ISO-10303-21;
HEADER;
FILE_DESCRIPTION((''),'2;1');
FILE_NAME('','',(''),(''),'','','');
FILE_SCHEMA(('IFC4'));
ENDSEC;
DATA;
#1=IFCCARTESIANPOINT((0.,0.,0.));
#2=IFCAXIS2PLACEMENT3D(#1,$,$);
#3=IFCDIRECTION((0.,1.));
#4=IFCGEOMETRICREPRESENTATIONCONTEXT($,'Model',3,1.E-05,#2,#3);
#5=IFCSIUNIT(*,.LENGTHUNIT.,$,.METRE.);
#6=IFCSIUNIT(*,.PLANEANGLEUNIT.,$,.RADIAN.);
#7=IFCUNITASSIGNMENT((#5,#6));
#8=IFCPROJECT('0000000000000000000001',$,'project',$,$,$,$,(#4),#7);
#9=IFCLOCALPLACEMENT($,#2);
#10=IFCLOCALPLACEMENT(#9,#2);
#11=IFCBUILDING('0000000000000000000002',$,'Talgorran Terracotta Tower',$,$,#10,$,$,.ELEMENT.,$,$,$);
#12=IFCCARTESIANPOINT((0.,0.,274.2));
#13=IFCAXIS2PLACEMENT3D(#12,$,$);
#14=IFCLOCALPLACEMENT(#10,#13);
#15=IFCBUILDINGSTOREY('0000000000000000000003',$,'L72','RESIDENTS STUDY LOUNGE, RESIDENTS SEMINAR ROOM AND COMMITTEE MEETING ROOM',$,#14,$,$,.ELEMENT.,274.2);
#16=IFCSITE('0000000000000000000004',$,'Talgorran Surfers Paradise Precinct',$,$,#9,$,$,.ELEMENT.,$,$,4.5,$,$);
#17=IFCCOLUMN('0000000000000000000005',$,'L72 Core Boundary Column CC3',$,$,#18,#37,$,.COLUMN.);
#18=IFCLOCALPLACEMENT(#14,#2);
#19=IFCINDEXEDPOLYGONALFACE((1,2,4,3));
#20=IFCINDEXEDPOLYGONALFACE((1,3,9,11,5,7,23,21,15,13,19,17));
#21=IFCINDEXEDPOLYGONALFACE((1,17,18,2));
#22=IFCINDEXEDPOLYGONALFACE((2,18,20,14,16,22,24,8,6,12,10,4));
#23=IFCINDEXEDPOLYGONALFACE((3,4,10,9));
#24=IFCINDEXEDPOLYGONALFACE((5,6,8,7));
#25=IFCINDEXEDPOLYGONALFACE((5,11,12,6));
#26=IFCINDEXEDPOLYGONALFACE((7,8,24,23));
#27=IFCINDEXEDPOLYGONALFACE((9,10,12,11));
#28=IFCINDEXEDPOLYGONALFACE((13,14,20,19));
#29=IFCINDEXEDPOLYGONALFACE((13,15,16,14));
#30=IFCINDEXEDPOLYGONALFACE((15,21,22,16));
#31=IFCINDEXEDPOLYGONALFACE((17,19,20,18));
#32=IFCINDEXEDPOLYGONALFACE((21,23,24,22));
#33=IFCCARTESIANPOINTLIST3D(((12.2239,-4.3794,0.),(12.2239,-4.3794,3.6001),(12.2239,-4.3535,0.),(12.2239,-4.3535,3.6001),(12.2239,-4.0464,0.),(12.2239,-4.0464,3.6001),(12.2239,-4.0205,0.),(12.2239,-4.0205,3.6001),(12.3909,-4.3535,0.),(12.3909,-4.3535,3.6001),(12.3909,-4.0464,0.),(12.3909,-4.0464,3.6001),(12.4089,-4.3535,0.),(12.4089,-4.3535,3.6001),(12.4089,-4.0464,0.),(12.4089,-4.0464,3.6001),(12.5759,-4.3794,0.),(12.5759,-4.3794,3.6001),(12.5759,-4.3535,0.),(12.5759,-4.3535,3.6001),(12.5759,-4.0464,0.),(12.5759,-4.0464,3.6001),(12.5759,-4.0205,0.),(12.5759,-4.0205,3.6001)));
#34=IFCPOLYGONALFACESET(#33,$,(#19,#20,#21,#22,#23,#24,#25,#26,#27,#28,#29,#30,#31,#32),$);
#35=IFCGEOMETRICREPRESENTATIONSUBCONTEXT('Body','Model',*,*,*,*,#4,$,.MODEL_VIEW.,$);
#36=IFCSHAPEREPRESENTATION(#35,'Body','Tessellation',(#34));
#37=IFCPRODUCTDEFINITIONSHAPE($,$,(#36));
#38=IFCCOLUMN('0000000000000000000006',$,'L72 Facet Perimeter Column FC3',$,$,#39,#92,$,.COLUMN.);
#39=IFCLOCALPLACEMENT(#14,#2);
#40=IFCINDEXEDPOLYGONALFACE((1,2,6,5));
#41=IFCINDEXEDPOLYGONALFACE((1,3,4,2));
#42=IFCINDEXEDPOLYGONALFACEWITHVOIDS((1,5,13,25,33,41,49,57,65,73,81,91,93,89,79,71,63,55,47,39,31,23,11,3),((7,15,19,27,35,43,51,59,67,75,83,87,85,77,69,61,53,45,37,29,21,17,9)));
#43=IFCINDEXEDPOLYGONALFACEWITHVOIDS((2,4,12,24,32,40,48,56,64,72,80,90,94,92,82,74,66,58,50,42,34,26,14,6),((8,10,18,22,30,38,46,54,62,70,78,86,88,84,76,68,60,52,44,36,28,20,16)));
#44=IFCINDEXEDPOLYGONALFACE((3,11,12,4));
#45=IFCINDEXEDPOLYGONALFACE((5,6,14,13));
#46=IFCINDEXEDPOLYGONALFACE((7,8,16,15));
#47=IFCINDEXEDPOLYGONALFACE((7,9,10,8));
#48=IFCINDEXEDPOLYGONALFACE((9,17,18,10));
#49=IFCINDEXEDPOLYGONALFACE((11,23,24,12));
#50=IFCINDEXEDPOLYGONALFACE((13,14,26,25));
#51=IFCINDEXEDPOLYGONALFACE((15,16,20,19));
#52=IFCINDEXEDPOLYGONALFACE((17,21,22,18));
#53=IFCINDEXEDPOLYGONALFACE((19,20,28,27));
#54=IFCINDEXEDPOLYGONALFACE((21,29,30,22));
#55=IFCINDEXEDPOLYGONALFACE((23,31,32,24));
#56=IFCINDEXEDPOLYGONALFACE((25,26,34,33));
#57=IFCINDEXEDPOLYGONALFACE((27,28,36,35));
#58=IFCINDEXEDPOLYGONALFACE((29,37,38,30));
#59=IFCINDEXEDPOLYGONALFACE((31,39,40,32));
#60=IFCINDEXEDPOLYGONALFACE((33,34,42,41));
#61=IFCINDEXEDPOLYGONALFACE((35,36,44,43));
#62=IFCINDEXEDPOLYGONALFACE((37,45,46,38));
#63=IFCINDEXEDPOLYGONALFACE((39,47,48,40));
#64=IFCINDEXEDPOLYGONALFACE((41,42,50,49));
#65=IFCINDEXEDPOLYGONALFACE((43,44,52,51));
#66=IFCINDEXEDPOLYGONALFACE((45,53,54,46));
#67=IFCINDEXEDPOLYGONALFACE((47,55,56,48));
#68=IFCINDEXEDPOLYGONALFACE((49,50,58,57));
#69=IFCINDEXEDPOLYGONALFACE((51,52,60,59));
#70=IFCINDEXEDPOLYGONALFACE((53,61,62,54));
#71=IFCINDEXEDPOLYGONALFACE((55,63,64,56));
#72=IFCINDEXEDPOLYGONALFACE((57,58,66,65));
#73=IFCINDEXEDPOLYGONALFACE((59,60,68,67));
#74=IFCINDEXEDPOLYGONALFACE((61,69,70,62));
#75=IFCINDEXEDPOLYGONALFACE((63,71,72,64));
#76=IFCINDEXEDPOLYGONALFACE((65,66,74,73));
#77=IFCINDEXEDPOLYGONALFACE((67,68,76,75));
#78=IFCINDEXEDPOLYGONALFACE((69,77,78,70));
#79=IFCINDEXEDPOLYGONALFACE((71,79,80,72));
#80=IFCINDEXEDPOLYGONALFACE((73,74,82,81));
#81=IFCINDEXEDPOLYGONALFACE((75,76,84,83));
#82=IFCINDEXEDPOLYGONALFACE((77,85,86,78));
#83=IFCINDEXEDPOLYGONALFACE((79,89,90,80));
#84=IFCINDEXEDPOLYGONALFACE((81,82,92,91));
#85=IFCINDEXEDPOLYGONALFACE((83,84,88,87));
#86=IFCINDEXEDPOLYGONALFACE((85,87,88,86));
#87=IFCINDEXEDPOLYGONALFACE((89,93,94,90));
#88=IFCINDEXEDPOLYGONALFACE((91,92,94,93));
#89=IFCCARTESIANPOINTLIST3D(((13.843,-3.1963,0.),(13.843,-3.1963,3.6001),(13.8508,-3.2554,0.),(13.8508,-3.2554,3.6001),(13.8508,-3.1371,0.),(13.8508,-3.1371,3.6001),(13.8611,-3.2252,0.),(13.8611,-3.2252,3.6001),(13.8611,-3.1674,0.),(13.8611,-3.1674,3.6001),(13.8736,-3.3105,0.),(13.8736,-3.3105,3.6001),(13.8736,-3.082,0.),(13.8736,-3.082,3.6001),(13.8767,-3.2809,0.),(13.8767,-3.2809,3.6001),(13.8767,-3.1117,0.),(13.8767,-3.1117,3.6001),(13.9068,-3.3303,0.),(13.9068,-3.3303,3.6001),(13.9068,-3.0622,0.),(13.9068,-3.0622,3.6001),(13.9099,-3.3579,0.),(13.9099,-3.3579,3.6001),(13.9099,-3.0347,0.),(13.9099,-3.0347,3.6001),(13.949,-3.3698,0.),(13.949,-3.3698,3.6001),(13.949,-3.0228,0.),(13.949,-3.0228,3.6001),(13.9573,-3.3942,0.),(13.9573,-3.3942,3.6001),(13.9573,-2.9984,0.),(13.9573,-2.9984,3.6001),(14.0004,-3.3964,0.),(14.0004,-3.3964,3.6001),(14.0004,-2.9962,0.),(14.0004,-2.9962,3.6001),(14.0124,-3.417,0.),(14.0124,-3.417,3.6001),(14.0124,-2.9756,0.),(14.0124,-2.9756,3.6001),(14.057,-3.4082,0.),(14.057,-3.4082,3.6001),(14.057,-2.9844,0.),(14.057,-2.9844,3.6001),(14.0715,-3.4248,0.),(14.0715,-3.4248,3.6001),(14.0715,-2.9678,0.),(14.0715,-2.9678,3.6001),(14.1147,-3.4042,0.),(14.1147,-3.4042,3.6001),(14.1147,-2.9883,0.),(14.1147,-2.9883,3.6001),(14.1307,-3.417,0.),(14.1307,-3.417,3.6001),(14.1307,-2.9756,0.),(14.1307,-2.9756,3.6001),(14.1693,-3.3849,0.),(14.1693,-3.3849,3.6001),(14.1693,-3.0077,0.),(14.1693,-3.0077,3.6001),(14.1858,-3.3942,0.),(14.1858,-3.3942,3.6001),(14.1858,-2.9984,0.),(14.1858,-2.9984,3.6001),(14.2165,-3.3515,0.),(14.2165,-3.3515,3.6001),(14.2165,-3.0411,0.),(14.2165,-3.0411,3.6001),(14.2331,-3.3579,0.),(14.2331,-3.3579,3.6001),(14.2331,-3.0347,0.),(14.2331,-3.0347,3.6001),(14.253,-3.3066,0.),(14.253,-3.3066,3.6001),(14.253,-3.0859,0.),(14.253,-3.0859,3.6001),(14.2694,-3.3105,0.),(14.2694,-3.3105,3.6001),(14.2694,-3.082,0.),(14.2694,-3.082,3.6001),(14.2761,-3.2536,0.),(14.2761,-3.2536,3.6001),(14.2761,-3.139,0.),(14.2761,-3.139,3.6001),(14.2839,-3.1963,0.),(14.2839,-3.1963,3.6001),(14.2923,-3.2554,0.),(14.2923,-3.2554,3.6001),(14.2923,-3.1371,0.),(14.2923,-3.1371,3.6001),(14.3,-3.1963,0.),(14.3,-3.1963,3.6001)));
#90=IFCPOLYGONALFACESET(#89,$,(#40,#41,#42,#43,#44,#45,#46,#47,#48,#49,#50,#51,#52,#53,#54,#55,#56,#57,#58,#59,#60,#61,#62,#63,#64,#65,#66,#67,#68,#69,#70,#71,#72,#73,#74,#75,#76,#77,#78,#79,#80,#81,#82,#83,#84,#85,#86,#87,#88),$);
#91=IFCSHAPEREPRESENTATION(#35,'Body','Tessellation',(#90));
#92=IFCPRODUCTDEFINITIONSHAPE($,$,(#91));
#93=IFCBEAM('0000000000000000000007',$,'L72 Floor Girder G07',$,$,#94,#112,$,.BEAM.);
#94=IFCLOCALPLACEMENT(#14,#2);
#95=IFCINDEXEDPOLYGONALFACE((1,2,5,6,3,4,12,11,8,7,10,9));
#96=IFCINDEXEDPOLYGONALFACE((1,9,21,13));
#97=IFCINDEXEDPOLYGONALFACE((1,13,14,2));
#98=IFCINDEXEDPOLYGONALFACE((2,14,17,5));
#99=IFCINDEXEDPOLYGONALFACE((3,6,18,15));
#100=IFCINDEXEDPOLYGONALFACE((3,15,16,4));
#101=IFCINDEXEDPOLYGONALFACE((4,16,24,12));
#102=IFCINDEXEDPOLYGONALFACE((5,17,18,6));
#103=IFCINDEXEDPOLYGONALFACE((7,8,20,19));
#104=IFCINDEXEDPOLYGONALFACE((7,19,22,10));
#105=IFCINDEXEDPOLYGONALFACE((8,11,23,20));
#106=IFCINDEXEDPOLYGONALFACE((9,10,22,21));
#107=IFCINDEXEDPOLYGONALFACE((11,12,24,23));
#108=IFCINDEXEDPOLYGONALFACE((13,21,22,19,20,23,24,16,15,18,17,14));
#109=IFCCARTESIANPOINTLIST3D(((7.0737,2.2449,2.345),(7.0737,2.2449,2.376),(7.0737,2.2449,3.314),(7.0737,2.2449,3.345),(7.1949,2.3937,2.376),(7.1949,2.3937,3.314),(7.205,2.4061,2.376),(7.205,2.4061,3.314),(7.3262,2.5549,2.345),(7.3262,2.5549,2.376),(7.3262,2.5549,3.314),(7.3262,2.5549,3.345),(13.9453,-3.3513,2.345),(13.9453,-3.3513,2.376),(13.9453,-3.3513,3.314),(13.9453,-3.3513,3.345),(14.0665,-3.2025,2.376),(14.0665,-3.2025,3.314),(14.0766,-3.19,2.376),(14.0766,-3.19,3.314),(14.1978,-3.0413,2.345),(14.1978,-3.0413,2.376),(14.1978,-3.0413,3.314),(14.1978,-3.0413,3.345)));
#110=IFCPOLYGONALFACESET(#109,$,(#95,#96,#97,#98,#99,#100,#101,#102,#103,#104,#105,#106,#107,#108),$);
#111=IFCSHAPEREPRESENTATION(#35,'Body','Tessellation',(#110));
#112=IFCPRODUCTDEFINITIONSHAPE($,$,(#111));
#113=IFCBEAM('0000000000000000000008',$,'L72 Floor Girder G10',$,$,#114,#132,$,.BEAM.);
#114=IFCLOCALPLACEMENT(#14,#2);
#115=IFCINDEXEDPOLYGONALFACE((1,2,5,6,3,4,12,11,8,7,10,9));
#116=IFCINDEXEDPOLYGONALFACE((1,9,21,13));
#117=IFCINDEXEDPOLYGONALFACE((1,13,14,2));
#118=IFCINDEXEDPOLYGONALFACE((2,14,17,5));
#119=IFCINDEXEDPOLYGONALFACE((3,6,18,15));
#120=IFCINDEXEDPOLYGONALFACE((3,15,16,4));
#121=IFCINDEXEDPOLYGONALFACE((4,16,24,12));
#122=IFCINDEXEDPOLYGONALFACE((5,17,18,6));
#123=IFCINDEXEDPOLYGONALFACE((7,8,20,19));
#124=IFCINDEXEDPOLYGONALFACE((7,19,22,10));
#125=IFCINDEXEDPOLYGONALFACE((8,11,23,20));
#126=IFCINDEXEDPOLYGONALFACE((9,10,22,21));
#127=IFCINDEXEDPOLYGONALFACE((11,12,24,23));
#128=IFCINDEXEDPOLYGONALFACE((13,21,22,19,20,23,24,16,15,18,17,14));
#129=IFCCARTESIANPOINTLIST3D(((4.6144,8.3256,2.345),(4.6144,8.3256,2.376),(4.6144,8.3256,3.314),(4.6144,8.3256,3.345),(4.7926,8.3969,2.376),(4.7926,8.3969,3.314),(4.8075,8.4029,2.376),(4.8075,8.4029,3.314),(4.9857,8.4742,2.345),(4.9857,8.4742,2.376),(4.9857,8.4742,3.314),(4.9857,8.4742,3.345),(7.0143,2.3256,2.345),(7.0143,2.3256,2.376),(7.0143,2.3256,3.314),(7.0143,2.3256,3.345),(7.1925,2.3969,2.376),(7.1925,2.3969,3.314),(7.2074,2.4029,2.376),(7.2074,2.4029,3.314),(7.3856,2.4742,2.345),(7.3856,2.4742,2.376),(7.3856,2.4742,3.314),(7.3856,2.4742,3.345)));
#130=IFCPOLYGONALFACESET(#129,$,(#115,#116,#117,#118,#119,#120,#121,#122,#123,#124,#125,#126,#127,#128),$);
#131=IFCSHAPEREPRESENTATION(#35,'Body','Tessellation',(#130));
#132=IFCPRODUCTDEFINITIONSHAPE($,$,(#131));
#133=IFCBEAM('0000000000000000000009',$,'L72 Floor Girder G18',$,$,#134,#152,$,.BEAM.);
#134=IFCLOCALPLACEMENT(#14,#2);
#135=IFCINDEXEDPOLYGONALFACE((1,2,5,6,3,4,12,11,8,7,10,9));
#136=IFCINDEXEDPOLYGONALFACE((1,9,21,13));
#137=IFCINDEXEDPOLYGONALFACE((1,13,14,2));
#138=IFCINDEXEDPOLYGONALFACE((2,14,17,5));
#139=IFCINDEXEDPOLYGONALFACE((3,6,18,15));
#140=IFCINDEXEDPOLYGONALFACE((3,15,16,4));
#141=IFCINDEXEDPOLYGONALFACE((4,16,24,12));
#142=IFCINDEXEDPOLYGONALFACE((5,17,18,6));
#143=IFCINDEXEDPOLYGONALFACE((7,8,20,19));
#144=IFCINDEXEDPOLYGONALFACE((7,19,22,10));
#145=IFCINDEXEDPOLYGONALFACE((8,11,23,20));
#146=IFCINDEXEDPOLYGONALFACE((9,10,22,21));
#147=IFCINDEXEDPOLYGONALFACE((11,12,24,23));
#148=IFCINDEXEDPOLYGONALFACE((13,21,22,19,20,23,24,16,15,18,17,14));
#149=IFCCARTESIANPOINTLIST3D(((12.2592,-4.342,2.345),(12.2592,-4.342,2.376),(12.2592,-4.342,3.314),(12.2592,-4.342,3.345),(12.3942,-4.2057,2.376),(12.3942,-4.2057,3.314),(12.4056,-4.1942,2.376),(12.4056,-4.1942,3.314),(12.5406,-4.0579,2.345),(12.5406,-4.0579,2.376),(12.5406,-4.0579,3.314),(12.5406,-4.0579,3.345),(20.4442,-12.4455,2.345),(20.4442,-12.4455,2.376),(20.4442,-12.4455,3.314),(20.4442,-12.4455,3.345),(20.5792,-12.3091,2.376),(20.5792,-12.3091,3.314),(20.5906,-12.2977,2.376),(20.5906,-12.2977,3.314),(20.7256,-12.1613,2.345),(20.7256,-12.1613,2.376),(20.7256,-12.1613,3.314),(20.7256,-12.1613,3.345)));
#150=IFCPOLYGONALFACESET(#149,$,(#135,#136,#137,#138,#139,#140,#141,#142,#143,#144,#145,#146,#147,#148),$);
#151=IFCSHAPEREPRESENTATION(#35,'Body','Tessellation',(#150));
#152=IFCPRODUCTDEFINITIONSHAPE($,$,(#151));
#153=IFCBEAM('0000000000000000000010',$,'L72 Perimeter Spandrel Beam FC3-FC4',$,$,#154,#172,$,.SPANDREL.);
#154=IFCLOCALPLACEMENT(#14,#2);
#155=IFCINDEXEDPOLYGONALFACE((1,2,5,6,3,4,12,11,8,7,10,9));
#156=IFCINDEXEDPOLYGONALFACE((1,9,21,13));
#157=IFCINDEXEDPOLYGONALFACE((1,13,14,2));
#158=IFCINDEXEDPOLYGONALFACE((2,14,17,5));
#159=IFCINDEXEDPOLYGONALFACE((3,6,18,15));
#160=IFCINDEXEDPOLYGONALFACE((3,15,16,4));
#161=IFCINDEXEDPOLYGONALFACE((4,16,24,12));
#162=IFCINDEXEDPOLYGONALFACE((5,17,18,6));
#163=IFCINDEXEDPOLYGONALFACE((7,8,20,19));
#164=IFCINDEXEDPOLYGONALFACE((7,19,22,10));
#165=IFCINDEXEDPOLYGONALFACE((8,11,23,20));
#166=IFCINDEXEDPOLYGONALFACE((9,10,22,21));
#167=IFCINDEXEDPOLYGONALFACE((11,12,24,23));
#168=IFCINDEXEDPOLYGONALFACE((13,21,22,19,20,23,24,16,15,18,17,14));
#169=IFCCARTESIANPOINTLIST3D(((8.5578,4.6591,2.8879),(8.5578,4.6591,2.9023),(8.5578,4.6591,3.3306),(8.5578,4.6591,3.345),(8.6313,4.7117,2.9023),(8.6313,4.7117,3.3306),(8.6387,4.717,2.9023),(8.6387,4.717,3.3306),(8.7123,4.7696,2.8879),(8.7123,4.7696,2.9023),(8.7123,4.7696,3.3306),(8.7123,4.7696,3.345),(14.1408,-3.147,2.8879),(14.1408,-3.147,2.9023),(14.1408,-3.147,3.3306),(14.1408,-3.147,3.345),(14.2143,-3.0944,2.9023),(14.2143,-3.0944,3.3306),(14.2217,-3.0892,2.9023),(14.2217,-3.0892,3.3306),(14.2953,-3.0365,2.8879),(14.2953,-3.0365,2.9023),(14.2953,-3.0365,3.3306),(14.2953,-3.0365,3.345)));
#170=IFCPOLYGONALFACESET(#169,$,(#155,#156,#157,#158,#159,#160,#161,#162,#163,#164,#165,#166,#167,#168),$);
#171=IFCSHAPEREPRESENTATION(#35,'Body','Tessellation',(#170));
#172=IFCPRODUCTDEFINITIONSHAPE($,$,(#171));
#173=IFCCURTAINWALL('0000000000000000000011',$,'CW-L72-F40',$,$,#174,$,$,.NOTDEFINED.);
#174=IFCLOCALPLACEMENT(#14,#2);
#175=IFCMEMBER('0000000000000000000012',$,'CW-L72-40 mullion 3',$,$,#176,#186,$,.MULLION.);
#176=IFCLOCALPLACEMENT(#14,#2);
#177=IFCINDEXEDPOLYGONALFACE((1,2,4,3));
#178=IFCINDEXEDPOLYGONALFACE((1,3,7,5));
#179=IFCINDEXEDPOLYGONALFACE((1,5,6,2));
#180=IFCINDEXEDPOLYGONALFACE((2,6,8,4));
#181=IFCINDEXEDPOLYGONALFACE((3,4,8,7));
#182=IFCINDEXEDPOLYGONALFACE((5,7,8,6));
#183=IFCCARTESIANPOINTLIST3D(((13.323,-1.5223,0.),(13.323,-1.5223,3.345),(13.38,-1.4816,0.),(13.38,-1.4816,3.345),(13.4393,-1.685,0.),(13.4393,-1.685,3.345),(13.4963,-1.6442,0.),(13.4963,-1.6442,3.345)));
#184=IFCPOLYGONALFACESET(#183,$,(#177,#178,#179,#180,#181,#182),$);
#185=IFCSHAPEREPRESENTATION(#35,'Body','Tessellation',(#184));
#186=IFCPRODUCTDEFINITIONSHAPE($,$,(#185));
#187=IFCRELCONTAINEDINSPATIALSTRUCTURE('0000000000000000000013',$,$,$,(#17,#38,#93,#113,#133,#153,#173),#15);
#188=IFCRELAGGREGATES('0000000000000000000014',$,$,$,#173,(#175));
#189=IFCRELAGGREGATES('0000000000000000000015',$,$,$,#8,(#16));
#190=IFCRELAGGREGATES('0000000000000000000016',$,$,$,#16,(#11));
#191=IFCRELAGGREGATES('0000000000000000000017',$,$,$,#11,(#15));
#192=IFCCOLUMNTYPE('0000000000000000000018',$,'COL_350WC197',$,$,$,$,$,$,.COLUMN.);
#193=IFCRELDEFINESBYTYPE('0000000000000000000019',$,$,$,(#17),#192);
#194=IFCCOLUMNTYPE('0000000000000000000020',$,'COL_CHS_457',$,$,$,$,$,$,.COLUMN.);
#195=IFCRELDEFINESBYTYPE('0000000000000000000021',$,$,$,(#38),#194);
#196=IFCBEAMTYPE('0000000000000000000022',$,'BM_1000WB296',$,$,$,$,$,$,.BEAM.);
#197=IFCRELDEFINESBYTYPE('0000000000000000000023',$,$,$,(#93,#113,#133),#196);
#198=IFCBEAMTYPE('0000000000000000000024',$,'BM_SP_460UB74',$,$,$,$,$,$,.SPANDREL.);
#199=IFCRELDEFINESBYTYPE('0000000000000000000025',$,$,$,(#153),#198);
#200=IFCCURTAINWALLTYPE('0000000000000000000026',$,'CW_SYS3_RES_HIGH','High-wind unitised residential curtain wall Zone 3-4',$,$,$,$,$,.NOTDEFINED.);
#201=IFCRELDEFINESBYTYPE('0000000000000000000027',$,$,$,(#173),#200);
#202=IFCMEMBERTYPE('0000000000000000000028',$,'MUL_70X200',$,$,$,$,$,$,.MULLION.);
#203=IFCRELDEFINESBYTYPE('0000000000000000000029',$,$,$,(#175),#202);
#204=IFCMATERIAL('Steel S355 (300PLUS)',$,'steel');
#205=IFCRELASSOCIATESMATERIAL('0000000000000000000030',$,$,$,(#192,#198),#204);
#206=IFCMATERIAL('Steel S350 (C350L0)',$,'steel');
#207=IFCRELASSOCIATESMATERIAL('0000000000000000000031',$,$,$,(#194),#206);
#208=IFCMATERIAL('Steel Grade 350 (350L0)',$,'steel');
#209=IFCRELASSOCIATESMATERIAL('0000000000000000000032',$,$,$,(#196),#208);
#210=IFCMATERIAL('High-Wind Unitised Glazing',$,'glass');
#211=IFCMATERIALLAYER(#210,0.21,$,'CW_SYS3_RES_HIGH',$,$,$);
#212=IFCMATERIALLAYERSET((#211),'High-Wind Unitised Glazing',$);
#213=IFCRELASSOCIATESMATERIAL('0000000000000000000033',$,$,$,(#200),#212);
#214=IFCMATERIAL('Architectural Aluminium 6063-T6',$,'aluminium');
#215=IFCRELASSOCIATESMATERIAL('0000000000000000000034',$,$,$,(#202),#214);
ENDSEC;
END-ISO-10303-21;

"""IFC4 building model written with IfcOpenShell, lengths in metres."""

from ifc_helpers import new_model, si_unit, direction, frame, origin, origin_2d, place, context, subcontext, project, spatial, rectangle, hollow_circle, i_section, extrude, material, layer, layer_set, material_profile, profile_set, type_object, element, aggregate, save


model = new_model("IFC4")

# Units and contexts
model_context = context("Model", 3, precision=1e-05, world=origin(), true_north=direction((0.0, 1.0)))
body_context = subcontext(model_context, "Body", "Model", "MODEL_VIEW")
ifc_project = project(units=[si_unit("LENGTHUNIT", "METRE"), si_unit("PLANEANGLEUNIT", "RADIAN")], contexts=[model_context])

# Site, building, storey
site_placement = place(None, origin())
site = spatial("IfcSite", under=ifc_project, at=site_placement, Name="Talgorran Surfers Paradise Precinct", CompositionType="ELEMENT", RefElevation=4.5)
building_placement = place(site_placement, origin())
building = spatial("IfcBuilding", under=site, at=building_placement, Name="Talgorran Terracotta Tower", CompositionType="ELEMENT")
storey_placement = place(building_placement, frame((0.0, 0.0, 274.2)))
storey = spatial("IfcBuildingStorey", under=building, at=storey_placement, Name="L72", Description="RESIDENTS STUDY LOUNGE, RESIDENTS SEMINAR ROOM AND COMMITTEE MEETING ROOM", CompositionType="ELEMENT", Elevation=274.2)

# Columns
ifc_material_1 = material(Name="Steel S355 (300PLUS)", Category="steel")
ifc_material_profile_1 = material_profile(ifc_material_1, i_section(OverallWidth=0.3521, OverallDepth=0.3589, WebThickness=0.0181, FlangeThickness=0.0259, at=origin_2d()), Name="350WC197")
ifc_profile_set_1 = profile_set([ifc_material_profile_1], Name="Steel S355 (300PLUS)")
column_type_1 = type_object("IfcColumnType", Name="COL_350WC197", PredefinedType="COLUMN", material=ifc_profile_set_1)
column_1_placement = place(storey_placement, frame((12.3999, -4.2, 0.0), z_axis=(0.0, 0.0, 1.0), x_axis=(1.0, 0.0, 0.0)))
element("IfcColumn", 1, at=column_1_placement, inside=storey, type_object=column_type_1, Name="L72 Core Boundary Column CC3", PredefinedType="COLUMN", context=body_context, shape_type="SweptSolid", body=[
    extrude(i_section(OverallWidth=0.3521, OverallDepth=0.3589, WebThickness=0.0181, FlangeThickness=0.0259, at=origin_2d()), origin(), (0.0, 0.0, 1.0), 3.6001),
])
ifc_material_2 = material(Name="Steel S350 (C350L0)", Category="steel")
ifc_material_profile_2 = material_profile(ifc_material_2, hollow_circle(Radius=0.2285, WallThickness=0.0161, at=origin_2d()), Name="CHS457X16")
ifc_profile_set_2 = profile_set([ifc_material_profile_2], Name="Steel S350 (C350L0)")
column_type_2 = type_object("IfcColumnType", Name="COL_CHS_457", PredefinedType="COLUMN", material=ifc_profile_set_2)
column_2_placement = place(storey_placement, frame((14.0715, -3.1963, 0.0), z_axis=(0.0, 0.0, 1.0), x_axis=(1.0, 0.0, 0.0)))
element("IfcColumn", 2, at=column_2_placement, inside=storey, type_object=column_type_2, Name="L72 Facet Perimeter Column FC3", PredefinedType="COLUMN", context=body_context, shape_type="SweptSolid", body=[
    extrude(hollow_circle(Radius=0.2285, WallThickness=0.0161, at=origin_2d()), origin(), (0.0, 0.0, 1.0), 3.6001),
])

# Beams
ifc_material_3 = material(Name="Steel Grade 350 (350L0)", Category="steel")
ifc_material_profile_3 = material_profile(ifc_material_3, i_section(OverallWidth=0.3999, OverallDepth=1.0, WebThickness=0.0161, FlangeThickness=0.031, at=origin_2d()), Name="1000WB296")
ifc_profile_set_3 = profile_set([ifc_material_profile_3], Name="Steel Grade 350 (350L0)")
beam_type_1 = type_object("IfcBeamType", Name="BM_1000WB296", PredefinedType="BEAM", material=ifc_profile_set_3)
beam_1_placement = place(storey_placement, frame((7.2, 2.3999, 2.845), z_axis=(0.775394, -0.631478, 0.0), x_axis=(0.631478, 0.775394, 0.0)))
element("IfcBeam", 3, at=beam_1_placement, inside=storey, type_object=beam_type_1, Name="L72 Floor Girder G07", PredefinedType="BEAM", context=body_context, shape_type="SweptSolid", body=[
    extrude(i_section(OverallWidth=0.3999, OverallDepth=1.0, WebThickness=0.0161, FlangeThickness=0.031, at=origin_2d()), origin(), (0.0, 0.0, 1.0), 8.8621),
])
beam_2_placement = place(storey_placement, frame((7.2, 2.3999, 2.845), z_axis=(-0.371378, 0.928482, 0.0), x_axis=(-0.928482, -0.371378, 0.0)))
element("IfcBeam", 4, at=beam_2_placement, inside=storey, type_object=beam_type_1, Name="L72 Floor Girder G10", PredefinedType="BEAM", context=body_context, shape_type="SweptSolid", body=[
    extrude(i_section(OverallWidth=0.3999, OverallDepth=1.0, WebThickness=0.0161, FlangeThickness=0.031, at=origin_2d()), origin(), (0.0, 0.0, 1.0), 6.4622),
])
beam_3_placement = place(storey_placement, frame((12.3999, -4.2, 2.845), z_axis=(0.710638, -0.703558, 0.0), x_axis=(0.703558, 0.710638, 0.0)))
element("IfcBeam", 5, at=beam_3_placement, inside=storey, type_object=beam_type_1, Name="L72 Floor Girder G18", PredefinedType="BEAM", context=body_context, shape_type="SweptSolid", body=[
    extrude(i_section(OverallWidth=0.3999, OverallDepth=1.0, WebThickness=0.0161, FlangeThickness=0.031, at=origin_2d()), origin(), (0.0, 0.0, 1.0), 11.5178),
])
ifc_material_profile_4 = material_profile(ifc_material_1, i_section(OverallWidth=0.1899, OverallDepth=0.457, WebThickness=0.009, FlangeThickness=0.0144, at=origin_2d()), Name="460UB74.6")
ifc_profile_set_4 = profile_set([ifc_material_profile_4], Name="Steel S355 (300PLUS)")
beam_type_2 = type_object("IfcBeamType", Name="BM_SP_460UB74", PredefinedType="SPANDREL", material=ifc_profile_set_4)
beam_4_placement = place(storey_placement, frame((14.218, -3.0918, 3.1165), z_axis=(-0.581734, 0.813379, 0.0), x_axis=(-0.813379, -0.581734, 0.0)))
element("IfcBeam", 6, at=beam_4_placement, inside=storey, type_object=beam_type_2, Name="L72 Perimeter Spandrel Beam FC3-FC4", PredefinedType="SPANDREL", context=body_context, shape_type="SweptSolid", body=[
    extrude(i_section(OverallWidth=0.1899, OverallDepth=0.457, WebThickness=0.009, FlangeThickness=0.0144, at=origin_2d()), origin(), (0.0, 0.0, 1.0), 9.5972),
])

# Curtain wall, member
ifc_material_4 = material(Name="High-Wind Unitised Glazing", Category="glass")
ifc_layer_1 = layer(ifc_material_4, 0.21, Name="CW_SYS3_RES_HIGH")
ifc_layer_set_1 = layer_set([ifc_layer_1], Name="High-Wind Unitised Glazing")
curtain_wall_type = type_object("IfcCurtainWallType", Name="CW_SYS3_RES_HIGH", Description="High-wind unitised residential curtain wall Zone 3-4", PredefinedType="NOTDEFINED", material=ifc_layer_set_1)
curtain_wall_1_placement = place(storey_placement, origin())
curtain_wall_1 = element("IfcCurtainWall", 7, at=curtain_wall_1_placement, inside=storey, type_object=curtain_wall_type, Name="CW-L72-F40", PredefinedType="NOTDEFINED")
ifc_material_5 = material(Name="Architectural Aluminium 6063-T6", Category="aluminium")
ifc_material_profile_5 = material_profile(ifc_material_5, rectangle(XDim=0.0701, YDim=0.2, at=origin_2d()), Name="CWM70X200")
ifc_profile_set_5 = profile_set([ifc_material_profile_5], Name="Architectural Aluminium 6063-T6")
member_type_1 = type_object("IfcMemberType", Name="MUL_70X200", PredefinedType="MULLION", material=ifc_profile_set_5)
member_1_placement = place(storey_placement, frame((13.4097, -1.5833, 0.0), z_axis=(0.0, 0.0, 1.0), x_axis=(-0.813383, -0.581729, 0.0)))
member_1 = element("IfcMember", 8, at=member_1_placement, type_object=member_type_1, Name="CW-L72-40 mullion 3", PredefinedType="MULLION", context=body_context, shape_type="SweptSolid", body=[
    extrude(rectangle(XDim=0.0701, YDim=0.2, at=origin_2d()), origin(), (0.0, 0.0, 1.0), 3.345),
])

aggregate(curtain_wall_1, [member_1])

save(model, "model.ifc")
